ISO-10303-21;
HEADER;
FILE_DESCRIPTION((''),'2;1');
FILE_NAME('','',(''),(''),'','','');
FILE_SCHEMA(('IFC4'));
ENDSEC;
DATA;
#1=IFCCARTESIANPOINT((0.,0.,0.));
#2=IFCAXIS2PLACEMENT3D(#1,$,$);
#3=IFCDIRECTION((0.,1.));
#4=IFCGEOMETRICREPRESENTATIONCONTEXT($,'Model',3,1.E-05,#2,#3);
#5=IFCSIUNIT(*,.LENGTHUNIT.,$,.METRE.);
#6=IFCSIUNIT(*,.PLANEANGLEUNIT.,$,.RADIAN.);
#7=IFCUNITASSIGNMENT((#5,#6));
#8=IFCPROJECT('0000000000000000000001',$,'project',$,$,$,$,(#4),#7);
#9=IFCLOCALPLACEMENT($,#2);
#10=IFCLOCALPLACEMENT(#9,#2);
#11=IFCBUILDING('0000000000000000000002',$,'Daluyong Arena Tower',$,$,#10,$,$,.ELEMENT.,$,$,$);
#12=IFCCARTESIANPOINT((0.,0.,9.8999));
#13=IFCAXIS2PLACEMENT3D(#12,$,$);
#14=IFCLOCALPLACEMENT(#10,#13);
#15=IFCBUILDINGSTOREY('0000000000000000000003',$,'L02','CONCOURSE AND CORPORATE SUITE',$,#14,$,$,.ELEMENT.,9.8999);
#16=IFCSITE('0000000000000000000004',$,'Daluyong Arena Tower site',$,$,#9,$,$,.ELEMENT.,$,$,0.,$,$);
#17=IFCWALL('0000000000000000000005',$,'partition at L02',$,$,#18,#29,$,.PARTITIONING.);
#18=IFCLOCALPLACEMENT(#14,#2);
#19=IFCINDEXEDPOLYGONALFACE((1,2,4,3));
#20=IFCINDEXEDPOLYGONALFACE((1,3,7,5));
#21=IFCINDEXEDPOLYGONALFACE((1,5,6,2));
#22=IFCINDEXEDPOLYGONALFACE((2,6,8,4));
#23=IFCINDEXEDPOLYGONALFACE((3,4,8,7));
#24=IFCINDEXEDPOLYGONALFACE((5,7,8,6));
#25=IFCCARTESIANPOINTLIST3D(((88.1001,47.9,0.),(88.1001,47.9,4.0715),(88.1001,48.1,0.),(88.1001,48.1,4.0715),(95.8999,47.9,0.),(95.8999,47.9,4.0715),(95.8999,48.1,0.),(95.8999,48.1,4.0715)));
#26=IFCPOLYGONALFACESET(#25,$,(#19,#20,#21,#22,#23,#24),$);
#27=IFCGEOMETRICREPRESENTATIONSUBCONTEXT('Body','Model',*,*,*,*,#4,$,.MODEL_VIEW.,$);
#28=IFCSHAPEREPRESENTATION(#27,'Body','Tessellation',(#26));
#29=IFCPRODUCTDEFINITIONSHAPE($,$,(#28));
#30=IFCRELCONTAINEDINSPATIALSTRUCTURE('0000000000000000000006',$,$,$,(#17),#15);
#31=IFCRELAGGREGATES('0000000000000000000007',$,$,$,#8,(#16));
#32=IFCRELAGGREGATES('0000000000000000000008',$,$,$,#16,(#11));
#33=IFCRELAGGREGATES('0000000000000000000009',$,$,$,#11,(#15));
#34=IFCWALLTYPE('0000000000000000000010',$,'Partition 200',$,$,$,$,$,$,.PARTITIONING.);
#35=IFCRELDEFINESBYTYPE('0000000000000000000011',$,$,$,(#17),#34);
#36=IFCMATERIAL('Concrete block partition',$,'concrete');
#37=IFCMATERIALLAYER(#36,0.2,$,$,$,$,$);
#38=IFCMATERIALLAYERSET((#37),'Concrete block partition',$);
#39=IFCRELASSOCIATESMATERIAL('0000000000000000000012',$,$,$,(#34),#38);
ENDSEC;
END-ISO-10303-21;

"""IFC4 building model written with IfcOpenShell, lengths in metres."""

from ifc_helpers import new_model, si_unit, direction, frame, frame_2d, origin, place, context, subcontext, project, spatial, rectangle, extrude, material, layer, layer_set, type_object, element, save


model = new_model("IFC4")

# Units and contexts
model_context = context("Model", 3, precision=1e-05, world=origin(), true_north=direction((0.0, 1.0)))
body_context = subcontext(model_context, "Body", "Model", "MODEL_VIEW")
ifc_project = project(units=[si_unit("LENGTHUNIT", "METRE"), si_unit("PLANEANGLEUNIT", "RADIAN")], contexts=[model_context])

# Site, building, storey
site_placement = place(None, origin())
site = spatial("IfcSite", under=ifc_project, at=site_placement, Name="Daluyong Arena Tower site", CompositionType="ELEMENT", RefElevation=0.0)
building_placement = place(site_placement, origin())
building = spatial("IfcBuilding", under=site, at=building_placement, Name="Daluyong Arena Tower", CompositionType="ELEMENT")
storey_placement = place(building_placement, frame((0.0, 0.0, 9.8999)))
storey = spatial("IfcBuildingStorey", under=building, at=storey_placement, Name="L02", Description="CONCOURSE AND CORPORATE SUITE", CompositionType="ELEMENT", Elevation=9.8999)

# Wall
ifc_material_1 = material(Name="Concrete block partition", Category="concrete")
ifc_layer = layer(ifc_material_1, 0.2)
ifc_layer_set = layer_set([ifc_layer], Name="Concrete block partition")
wall_type = type_object("IfcWallType", Name="Partition 200", PredefinedType="PARTITIONING", material=ifc_layer_set)
for number, where, z_axis, x_axis, name in (
    (1, (88.1001, 48.0, 0.0), (0.0, 0.0, 1.0), (1.0, 0.0, 0.0), "partition at L02"),
):
    element("IfcWall", number, at=place(storey_placement, frame(where, z_axis=z_axis, x_axis=x_axis)), inside=storey, type_object=wall_type, Name=name, PredefinedType="PARTITIONING", context=body_context, shape_type="SweptSolid", body=[
        extrude(rectangle(XDim=7.7998, YDim=0.2, at=frame_2d((3.8999, 0.0))), origin(), (0.0, 0.0, 1.0), 4.0715),
    ])

save(model, "model.ifc")
